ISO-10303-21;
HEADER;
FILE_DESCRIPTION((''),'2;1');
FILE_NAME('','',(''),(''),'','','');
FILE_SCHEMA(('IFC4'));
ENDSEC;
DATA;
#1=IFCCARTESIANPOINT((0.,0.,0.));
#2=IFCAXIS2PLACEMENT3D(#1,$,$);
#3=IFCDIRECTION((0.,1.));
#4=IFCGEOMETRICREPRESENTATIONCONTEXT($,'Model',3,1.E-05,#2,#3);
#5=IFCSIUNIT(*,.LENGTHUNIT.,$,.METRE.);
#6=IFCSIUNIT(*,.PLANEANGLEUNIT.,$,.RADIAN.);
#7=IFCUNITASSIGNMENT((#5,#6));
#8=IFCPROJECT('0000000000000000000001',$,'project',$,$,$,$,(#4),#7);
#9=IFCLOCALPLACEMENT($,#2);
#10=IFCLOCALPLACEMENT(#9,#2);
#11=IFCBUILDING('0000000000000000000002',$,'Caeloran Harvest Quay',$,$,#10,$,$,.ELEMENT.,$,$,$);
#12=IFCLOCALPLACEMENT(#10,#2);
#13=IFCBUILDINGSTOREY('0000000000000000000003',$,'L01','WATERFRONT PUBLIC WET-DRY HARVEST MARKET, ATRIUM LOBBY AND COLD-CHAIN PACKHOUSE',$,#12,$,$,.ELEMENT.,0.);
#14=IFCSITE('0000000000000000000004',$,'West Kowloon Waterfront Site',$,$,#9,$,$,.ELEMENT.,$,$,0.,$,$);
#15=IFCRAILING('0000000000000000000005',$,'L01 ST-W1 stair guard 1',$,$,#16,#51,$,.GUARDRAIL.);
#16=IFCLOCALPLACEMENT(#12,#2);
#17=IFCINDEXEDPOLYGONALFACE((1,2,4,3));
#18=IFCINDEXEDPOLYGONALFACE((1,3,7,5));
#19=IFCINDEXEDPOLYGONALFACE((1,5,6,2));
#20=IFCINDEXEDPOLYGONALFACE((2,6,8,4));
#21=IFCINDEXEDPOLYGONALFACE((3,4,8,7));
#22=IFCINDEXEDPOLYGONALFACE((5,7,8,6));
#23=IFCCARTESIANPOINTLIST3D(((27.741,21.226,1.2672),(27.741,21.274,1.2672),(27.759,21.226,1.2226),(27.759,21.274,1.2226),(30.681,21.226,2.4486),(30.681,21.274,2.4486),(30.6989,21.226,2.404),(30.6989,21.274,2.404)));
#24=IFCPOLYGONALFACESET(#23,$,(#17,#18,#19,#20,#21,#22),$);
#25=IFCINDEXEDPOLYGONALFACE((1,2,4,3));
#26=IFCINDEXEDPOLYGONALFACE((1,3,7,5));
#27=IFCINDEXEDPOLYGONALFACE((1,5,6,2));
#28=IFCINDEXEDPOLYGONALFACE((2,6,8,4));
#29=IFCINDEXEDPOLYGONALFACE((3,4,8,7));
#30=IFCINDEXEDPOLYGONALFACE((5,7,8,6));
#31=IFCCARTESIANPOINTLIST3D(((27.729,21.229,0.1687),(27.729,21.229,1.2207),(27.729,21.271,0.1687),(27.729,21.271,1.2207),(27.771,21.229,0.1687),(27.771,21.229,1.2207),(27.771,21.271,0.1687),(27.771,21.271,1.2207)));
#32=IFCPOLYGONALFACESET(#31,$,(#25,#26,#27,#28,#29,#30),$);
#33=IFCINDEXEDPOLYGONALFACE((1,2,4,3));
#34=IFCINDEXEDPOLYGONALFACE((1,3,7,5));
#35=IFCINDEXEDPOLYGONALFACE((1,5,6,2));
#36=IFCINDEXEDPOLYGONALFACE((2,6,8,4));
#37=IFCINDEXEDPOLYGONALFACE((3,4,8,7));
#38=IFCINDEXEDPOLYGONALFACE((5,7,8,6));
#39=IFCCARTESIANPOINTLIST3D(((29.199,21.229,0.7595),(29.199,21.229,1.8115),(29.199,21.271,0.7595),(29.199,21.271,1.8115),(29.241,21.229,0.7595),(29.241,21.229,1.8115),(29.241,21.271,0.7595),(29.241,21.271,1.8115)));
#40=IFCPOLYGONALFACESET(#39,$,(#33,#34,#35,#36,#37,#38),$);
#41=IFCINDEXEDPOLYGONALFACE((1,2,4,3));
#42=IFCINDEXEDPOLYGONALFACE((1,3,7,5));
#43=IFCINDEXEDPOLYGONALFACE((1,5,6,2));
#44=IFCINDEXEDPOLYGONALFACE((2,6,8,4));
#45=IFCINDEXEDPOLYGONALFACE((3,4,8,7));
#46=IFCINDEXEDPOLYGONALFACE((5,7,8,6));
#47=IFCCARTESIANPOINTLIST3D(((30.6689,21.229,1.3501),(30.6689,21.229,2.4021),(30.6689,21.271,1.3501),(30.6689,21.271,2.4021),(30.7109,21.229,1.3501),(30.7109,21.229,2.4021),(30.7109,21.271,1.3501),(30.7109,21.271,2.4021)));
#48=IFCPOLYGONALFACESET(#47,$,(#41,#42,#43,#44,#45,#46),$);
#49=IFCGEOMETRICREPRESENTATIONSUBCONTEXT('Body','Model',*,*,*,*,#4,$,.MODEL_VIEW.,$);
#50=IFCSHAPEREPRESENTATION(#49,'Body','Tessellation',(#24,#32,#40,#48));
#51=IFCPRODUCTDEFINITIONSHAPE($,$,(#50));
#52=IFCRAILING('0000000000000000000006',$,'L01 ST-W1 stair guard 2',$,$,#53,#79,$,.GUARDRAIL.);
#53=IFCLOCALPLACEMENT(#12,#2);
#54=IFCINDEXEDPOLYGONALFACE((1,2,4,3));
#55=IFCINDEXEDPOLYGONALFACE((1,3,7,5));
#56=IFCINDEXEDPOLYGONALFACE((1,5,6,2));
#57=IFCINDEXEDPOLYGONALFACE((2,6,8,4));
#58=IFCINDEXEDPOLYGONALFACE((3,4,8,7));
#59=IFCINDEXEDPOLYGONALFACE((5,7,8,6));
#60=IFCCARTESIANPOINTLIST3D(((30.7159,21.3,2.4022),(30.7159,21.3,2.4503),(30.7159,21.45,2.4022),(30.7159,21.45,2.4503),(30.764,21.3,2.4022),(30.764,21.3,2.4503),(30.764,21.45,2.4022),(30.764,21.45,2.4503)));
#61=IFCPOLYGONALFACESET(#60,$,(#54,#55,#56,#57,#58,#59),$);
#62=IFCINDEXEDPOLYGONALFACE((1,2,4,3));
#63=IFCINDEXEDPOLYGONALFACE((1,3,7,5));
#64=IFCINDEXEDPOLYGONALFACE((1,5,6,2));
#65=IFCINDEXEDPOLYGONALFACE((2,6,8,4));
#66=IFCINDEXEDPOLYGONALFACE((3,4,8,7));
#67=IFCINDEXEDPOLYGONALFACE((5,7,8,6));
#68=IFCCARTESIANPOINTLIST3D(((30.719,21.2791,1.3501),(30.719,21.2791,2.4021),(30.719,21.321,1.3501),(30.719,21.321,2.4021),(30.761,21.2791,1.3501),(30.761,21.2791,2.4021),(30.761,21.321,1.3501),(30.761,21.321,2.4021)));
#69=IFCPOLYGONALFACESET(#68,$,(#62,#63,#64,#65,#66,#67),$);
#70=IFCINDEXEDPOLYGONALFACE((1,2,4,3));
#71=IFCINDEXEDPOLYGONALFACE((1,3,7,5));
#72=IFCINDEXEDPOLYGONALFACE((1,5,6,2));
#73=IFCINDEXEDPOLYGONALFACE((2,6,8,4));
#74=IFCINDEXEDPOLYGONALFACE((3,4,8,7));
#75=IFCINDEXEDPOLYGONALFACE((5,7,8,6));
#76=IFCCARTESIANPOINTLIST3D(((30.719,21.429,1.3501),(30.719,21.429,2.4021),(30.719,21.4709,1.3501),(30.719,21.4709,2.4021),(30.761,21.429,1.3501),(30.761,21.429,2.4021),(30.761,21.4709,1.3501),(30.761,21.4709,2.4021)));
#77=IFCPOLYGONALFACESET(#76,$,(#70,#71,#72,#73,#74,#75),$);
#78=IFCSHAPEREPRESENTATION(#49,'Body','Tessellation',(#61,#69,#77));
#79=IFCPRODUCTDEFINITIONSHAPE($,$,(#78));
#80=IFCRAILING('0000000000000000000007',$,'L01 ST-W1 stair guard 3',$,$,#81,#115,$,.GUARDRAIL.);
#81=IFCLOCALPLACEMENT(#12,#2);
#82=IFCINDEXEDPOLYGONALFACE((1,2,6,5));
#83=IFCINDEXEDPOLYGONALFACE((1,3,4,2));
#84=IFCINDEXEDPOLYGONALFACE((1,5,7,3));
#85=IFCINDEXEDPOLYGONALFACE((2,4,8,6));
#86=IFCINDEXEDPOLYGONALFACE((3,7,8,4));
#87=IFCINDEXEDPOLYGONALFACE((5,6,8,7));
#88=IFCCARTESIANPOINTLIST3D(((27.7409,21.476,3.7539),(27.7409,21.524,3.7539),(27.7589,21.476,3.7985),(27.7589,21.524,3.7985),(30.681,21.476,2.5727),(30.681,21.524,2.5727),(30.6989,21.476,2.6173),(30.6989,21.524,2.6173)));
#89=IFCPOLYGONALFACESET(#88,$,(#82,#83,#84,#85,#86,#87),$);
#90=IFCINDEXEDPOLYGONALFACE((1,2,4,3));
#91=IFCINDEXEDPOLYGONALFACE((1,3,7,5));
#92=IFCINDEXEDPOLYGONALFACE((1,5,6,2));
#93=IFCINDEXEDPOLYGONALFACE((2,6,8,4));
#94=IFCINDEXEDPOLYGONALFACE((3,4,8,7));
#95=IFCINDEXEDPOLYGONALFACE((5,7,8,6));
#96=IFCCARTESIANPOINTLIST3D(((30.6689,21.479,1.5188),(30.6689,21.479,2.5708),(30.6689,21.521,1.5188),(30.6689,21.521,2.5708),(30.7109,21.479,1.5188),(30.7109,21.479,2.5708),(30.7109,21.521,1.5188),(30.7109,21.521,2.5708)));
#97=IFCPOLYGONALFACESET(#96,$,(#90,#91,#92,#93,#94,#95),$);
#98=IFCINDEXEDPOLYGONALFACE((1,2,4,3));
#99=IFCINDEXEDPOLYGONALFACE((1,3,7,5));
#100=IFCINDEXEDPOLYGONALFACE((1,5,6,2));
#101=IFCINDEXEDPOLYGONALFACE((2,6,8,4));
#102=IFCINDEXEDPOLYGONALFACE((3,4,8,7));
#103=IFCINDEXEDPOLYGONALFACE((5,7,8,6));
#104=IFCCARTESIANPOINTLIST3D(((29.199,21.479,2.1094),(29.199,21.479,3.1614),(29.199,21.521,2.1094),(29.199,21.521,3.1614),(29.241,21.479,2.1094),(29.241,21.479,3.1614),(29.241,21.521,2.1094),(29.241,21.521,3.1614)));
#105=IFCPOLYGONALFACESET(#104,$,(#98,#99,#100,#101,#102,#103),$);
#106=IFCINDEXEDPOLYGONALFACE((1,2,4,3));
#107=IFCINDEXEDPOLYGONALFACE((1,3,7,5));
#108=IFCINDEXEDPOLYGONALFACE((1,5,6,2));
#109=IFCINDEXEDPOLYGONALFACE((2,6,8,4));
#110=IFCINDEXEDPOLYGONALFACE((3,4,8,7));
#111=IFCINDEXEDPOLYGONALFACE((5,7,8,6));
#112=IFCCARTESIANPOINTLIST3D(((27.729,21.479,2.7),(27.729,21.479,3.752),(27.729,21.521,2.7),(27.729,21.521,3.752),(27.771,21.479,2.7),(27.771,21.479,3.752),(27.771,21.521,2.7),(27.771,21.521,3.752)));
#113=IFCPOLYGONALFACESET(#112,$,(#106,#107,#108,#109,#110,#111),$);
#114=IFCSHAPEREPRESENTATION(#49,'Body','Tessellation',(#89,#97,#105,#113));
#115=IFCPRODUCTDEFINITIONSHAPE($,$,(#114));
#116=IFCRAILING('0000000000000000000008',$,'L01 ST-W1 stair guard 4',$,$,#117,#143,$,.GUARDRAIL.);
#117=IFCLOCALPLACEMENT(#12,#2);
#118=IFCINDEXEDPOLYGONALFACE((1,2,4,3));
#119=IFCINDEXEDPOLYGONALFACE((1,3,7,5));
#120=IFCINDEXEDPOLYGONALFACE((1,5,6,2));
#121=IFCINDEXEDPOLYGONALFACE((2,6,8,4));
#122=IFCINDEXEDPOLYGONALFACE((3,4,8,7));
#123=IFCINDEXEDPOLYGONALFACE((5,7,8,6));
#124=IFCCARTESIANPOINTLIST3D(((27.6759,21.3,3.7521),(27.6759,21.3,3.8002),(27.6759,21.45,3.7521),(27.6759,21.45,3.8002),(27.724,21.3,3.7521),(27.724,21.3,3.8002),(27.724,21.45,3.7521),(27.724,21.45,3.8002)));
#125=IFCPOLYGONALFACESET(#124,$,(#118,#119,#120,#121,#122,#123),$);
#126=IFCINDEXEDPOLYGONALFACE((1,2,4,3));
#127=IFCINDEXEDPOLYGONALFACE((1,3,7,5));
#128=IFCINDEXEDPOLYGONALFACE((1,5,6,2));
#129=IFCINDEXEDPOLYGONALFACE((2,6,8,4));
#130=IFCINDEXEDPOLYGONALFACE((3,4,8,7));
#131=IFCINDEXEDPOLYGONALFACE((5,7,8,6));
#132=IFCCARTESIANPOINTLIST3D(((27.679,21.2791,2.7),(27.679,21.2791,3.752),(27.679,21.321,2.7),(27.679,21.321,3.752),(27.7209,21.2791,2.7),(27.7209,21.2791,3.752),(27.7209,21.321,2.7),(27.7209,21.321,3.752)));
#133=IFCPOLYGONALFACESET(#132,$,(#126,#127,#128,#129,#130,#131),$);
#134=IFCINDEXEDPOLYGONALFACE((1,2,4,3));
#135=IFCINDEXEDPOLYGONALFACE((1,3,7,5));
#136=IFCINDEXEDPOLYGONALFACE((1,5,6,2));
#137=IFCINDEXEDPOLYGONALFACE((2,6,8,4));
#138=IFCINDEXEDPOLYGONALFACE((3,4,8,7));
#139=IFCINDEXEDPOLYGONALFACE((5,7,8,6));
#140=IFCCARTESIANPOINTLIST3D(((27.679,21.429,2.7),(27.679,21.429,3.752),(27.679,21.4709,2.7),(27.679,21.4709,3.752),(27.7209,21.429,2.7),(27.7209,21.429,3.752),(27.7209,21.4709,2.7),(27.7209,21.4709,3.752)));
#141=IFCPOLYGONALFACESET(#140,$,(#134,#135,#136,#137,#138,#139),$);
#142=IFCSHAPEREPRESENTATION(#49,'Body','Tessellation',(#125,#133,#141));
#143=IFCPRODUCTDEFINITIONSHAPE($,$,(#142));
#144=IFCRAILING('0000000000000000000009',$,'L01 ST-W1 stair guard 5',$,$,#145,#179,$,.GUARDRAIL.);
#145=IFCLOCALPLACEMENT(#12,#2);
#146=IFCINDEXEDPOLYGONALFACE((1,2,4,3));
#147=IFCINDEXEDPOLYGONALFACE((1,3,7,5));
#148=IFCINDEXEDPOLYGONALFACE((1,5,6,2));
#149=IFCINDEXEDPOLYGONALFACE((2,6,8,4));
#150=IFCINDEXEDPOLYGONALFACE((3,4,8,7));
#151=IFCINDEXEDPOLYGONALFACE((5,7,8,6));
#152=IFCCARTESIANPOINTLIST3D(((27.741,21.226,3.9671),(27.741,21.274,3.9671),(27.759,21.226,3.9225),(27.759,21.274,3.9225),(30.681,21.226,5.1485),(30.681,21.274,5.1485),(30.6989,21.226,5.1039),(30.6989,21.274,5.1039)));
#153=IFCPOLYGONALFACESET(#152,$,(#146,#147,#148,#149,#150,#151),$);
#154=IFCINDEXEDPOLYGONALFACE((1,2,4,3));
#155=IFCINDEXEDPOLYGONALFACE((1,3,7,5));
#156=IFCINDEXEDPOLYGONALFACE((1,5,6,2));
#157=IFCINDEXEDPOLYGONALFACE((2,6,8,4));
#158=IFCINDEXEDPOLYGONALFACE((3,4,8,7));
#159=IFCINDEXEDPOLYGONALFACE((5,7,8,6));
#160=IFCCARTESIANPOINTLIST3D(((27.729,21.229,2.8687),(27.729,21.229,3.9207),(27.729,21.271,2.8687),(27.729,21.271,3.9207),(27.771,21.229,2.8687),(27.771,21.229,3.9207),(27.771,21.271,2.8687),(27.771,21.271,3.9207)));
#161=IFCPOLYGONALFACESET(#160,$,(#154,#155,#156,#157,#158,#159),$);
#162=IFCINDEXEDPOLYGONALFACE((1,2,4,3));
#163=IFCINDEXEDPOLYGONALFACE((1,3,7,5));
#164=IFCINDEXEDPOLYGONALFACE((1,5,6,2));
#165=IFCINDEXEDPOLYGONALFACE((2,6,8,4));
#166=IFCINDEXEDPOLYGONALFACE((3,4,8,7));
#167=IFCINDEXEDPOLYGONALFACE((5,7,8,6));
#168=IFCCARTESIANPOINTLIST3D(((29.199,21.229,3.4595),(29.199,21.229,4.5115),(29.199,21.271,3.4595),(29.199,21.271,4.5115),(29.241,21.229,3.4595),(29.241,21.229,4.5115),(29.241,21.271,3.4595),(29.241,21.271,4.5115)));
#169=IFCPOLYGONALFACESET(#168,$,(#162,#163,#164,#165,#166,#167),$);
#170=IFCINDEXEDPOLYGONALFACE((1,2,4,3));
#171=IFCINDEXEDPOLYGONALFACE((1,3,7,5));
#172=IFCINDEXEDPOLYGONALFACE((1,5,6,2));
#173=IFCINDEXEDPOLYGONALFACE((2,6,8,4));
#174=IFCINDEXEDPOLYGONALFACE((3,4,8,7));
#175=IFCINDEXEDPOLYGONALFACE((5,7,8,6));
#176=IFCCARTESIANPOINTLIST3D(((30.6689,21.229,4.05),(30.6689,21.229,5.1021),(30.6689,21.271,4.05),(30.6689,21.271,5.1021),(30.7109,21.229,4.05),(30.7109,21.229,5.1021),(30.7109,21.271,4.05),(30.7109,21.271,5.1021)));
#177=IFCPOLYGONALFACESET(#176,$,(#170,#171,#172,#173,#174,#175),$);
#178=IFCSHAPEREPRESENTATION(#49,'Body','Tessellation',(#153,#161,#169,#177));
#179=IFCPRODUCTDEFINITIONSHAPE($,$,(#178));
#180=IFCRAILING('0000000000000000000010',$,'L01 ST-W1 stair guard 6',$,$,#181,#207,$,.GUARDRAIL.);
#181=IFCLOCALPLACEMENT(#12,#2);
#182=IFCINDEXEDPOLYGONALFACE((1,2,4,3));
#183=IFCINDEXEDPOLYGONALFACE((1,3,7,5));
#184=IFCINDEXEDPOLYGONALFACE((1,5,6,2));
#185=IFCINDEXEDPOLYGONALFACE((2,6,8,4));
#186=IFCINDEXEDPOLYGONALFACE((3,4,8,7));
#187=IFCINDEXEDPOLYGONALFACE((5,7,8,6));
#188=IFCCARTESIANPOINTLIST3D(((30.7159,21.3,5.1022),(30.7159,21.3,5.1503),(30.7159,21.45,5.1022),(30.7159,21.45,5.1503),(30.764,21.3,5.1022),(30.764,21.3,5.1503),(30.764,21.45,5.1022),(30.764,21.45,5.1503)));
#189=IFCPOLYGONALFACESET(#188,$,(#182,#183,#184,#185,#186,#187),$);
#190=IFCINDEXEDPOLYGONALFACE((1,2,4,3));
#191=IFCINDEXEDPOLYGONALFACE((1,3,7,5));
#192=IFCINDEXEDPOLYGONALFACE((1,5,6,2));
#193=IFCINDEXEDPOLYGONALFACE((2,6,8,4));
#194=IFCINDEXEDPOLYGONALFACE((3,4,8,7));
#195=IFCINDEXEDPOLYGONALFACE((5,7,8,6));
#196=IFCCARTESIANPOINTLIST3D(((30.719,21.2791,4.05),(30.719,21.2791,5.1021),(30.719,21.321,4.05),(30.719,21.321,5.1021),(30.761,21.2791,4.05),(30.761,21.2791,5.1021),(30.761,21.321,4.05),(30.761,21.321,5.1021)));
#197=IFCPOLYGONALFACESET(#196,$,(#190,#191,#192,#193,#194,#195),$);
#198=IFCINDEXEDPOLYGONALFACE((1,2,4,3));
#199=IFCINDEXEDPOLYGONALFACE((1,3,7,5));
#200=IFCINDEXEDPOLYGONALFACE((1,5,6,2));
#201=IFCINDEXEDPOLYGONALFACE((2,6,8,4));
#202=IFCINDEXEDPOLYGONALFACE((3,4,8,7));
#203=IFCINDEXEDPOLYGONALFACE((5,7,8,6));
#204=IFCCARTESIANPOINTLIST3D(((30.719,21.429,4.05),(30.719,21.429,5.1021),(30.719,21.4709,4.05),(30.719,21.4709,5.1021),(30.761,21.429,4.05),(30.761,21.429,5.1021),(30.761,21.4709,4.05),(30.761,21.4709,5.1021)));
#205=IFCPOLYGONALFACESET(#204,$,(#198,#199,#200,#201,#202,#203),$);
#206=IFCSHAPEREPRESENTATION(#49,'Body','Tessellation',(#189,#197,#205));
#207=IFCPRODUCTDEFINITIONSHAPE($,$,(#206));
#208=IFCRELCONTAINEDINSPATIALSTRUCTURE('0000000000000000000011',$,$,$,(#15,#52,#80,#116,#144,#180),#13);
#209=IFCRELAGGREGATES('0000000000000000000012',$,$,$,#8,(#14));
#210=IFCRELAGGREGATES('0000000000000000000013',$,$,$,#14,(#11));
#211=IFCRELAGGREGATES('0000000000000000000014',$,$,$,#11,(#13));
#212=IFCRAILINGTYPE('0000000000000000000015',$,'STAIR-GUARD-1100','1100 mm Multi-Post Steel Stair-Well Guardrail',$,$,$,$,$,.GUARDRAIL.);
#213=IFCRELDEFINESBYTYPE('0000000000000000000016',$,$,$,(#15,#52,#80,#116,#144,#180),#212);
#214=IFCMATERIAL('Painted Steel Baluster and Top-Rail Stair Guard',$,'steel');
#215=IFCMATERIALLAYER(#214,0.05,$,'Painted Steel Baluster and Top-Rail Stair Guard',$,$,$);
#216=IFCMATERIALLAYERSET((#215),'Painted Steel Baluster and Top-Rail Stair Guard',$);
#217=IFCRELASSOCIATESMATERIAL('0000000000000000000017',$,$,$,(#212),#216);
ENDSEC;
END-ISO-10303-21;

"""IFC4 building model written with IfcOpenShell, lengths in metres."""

from ifc_helpers import new_model, si_unit, direction, frame, origin, origin_2d, place, context, subcontext, project, spatial, rectangle, extrude, material, layer, layer_set, type_object, element, save


model = new_model("IFC4")

# Units and contexts
model_context = context("Model", 3, precision=1e-05, world=origin(), true_north=direction((0.0, 1.0)))
body_context = subcontext(model_context, "Body", "Model", "MODEL_VIEW")
ifc_project = project(units=[si_unit("LENGTHUNIT", "METRE"), si_unit("PLANEANGLEUNIT", "RADIAN")], contexts=[model_context])

# Site, building, storey
site_placement = place(None, origin())
site = spatial("IfcSite", under=ifc_project, at=site_placement, Name="West Kowloon Waterfront Site", CompositionType="ELEMENT", RefElevation=0.0)
building_placement = place(site_placement, origin())
building = spatial("IfcBuilding", under=site, at=building_placement, Name="Caeloran Harvest Quay", CompositionType="ELEMENT")
storey_placement = place(building_placement, origin())
storey = spatial("IfcBuildingStorey", under=building, at=storey_placement, Name="L01", Description="WATERFRONT PUBLIC WET-DRY HARVEST MARKET, ATRIUM LOBBY AND COLD-CHAIN PACKHOUSE", CompositionType="ELEMENT", Elevation=0.0)

# Railings
ifc_material_1 = material(Name="Painted Steel Baluster and Top-Rail Stair Guard", Category="steel")
ifc_layer_1 = layer(ifc_material_1, 0.05, Name="Painted Steel Baluster and Top-Rail Stair Guard")
ifc_layer_set_1 = layer_set([ifc_layer_1], Name="Painted Steel Baluster and Top-Rail Stair Guard")
railing_type_1 = type_object("IfcRailingType", Name="STAIR-GUARD-1100", Description="1100 mm Multi-Post Steel Stair-Well Guardrail", PredefinedType="GUARDRAIL", material=ifc_layer_set_1)
railing_1_placement = place(storey_placement, frame((27.75, 21.25, 0.1687)))
element("IfcRailing", 1, at=railing_1_placement, inside=storey, type_object=railing_type_1, Name="L01 ST-W1 stair guard 1", PredefinedType="GUARDRAIL", context=body_context, shape_type="SweptSolid", body=[
    extrude(rectangle(XDim=0.0481, YDim=0.0481, at=origin_2d()), frame((0.0, 0.0, 1.0762), z_axis=(0.927886, 0.0, 0.372865), x_axis=(0.0, 1.0, 0.0)), (0.0, 0.0, 1.0), 3.1685),
    extrude(rectangle(XDim=0.042, YDim=0.042, at=origin_2d()), origin(), (0.0, 0.0, 1.0), 1.052),
    extrude(rectangle(XDim=0.042, YDim=0.042, at=origin_2d()), frame((1.47, 0.0, 0.5908)), (0.0, 0.0, 1.0), 1.052),
    extrude(rectangle(XDim=0.042, YDim=0.042, at=origin_2d()), frame((2.9399, 0.0, 1.1814)), (0.0, 0.0, 1.0), 1.052),
])
railing_2_placement = place(storey_placement, frame((30.74, 21.3, 1.3501)))
element("IfcRailing", 2, at=railing_2_placement, inside=storey, type_object=railing_type_1, Name="L01 ST-W1 stair guard 2", PredefinedType="GUARDRAIL", context=body_context, shape_type="SweptSolid", body=[
    extrude(rectangle(XDim=0.0481, YDim=0.0481, at=origin_2d()), frame((0.0, 0.0, 1.0762), z_axis=(0.0, 1.0, 0.0), x_axis=(-1.0, 0.0, 0.0)), (0.0, 0.0, 1.0), 0.1499),
    extrude(rectangle(XDim=0.042, YDim=0.042, at=origin_2d()), origin(), (0.0, 0.0, 1.0), 1.052),
    extrude(rectangle(XDim=0.042, YDim=0.042, at=origin_2d()), frame((0.0, 0.1499, 0.0)), (0.0, 0.0, 1.0), 1.052),
])
railing_3_placement = place(storey_placement, frame((30.6899, 21.5, 1.5188)))
element("IfcRailing", 3, at=railing_3_placement, inside=storey, type_object=railing_type_1, Name="L01 ST-W1 stair guard 3", PredefinedType="GUARDRAIL", context=body_context, shape_type="SweptSolid", body=[
    extrude(rectangle(XDim=0.0481, YDim=0.0481, at=origin_2d()), frame((0.0, 0.0, 1.0762), z_axis=(-0.927912, 0.0, 0.372799), x_axis=(0.0, -1.0, 0.0)), (0.0, 0.0, 1.0), 3.1685),
    extrude(rectangle(XDim=0.042, YDim=0.042, at=origin_2d()), origin(), (0.0, 0.0, 1.0), 1.052),
    extrude(rectangle(XDim=0.042, YDim=0.042, at=origin_2d()), frame((-1.47, 0.0, 0.5906)), (0.0, 0.0, 1.0), 1.052),
    extrude(rectangle(XDim=0.042, YDim=0.042, at=origin_2d()), frame((-2.9399, 0.0, 1.1812)), (0.0, 0.0, 1.0), 1.052),
])
railing_4_placement = place(storey_placement, frame((27.7, 21.3, 2.7)))
element("IfcRailing", 4, at=railing_4_placement, inside=storey, type_object=railing_type_1, Name="L01 ST-W1 stair guard 4", PredefinedType="GUARDRAIL", context=body_context, shape_type="SweptSolid", body=[
    extrude(rectangle(XDim=0.0481, YDim=0.0481, at=origin_2d()), frame((0.0, 0.0, 1.0762), z_axis=(0.0, 1.0, 0.0), x_axis=(-1.0, 0.0, 0.0)), (0.0, 0.0, 1.0), 0.1499),
    extrude(rectangle(XDim=0.042, YDim=0.042, at=origin_2d()), origin(), (0.0, 0.0, 1.0), 1.052),
    extrude(rectangle(XDim=0.042, YDim=0.042, at=origin_2d()), frame((0.0, 0.1499, 0.0)), (0.0, 0.0, 1.0), 1.052),
])
railing_5_placement = place(storey_placement, frame((27.75, 21.25, 2.8687)))
element("IfcRailing", 5, at=railing_5_placement, inside=storey, type_object=railing_type_1, Name="L01 ST-W1 stair guard 5", PredefinedType="GUARDRAIL", context=body_context, shape_type="SweptSolid", body=[
    extrude(rectangle(XDim=0.0481, YDim=0.0481, at=origin_2d()), frame((0.0, 0.0, 1.0762), z_axis=(0.927886, 0.0, 0.372865), x_axis=(0.0, 1.0, 0.0)), (0.0, 0.0, 1.0), 3.1685),
    extrude(rectangle(XDim=0.042, YDim=0.042, at=origin_2d()), origin(), (0.0, 0.0, 1.0), 1.052),
    extrude(rectangle(XDim=0.042, YDim=0.042, at=origin_2d()), frame((1.47, 0.0, 0.5908)), (0.0, 0.0, 1.0), 1.052),
    extrude(rectangle(XDim=0.042, YDim=0.042, at=origin_2d()), frame((2.9399, 0.0, 1.1814)), (0.0, 0.0, 1.0), 1.052),
])
railing_6_placement = place(storey_placement, frame((30.74, 21.3, 4.05)))
element("IfcRailing", 6, at=railing_6_placement, inside=storey, type_object=railing_type_1, Name="L01 ST-W1 stair guard 6", PredefinedType="GUARDRAIL", context=body_context, shape_type="SweptSolid", body=[
    extrude(rectangle(XDim=0.0481, YDim=0.0481, at=origin_2d()), frame((0.0, 0.0, 1.0762), z_axis=(0.0, 1.0, 0.0), x_axis=(-1.0, 0.0, 0.0)), (0.0, 0.0, 1.0), 0.1499),
    extrude(rectangle(XDim=0.042, YDim=0.042, at=origin_2d()), origin(), (0.0, 0.0, 1.0), 1.052),
    extrude(rectangle(XDim=0.042, YDim=0.042, at=origin_2d()), frame((0.0, 0.1499, 0.0)), (0.0, 0.0, 1.0), 1.052),
])

save(model, "model.ifc")
